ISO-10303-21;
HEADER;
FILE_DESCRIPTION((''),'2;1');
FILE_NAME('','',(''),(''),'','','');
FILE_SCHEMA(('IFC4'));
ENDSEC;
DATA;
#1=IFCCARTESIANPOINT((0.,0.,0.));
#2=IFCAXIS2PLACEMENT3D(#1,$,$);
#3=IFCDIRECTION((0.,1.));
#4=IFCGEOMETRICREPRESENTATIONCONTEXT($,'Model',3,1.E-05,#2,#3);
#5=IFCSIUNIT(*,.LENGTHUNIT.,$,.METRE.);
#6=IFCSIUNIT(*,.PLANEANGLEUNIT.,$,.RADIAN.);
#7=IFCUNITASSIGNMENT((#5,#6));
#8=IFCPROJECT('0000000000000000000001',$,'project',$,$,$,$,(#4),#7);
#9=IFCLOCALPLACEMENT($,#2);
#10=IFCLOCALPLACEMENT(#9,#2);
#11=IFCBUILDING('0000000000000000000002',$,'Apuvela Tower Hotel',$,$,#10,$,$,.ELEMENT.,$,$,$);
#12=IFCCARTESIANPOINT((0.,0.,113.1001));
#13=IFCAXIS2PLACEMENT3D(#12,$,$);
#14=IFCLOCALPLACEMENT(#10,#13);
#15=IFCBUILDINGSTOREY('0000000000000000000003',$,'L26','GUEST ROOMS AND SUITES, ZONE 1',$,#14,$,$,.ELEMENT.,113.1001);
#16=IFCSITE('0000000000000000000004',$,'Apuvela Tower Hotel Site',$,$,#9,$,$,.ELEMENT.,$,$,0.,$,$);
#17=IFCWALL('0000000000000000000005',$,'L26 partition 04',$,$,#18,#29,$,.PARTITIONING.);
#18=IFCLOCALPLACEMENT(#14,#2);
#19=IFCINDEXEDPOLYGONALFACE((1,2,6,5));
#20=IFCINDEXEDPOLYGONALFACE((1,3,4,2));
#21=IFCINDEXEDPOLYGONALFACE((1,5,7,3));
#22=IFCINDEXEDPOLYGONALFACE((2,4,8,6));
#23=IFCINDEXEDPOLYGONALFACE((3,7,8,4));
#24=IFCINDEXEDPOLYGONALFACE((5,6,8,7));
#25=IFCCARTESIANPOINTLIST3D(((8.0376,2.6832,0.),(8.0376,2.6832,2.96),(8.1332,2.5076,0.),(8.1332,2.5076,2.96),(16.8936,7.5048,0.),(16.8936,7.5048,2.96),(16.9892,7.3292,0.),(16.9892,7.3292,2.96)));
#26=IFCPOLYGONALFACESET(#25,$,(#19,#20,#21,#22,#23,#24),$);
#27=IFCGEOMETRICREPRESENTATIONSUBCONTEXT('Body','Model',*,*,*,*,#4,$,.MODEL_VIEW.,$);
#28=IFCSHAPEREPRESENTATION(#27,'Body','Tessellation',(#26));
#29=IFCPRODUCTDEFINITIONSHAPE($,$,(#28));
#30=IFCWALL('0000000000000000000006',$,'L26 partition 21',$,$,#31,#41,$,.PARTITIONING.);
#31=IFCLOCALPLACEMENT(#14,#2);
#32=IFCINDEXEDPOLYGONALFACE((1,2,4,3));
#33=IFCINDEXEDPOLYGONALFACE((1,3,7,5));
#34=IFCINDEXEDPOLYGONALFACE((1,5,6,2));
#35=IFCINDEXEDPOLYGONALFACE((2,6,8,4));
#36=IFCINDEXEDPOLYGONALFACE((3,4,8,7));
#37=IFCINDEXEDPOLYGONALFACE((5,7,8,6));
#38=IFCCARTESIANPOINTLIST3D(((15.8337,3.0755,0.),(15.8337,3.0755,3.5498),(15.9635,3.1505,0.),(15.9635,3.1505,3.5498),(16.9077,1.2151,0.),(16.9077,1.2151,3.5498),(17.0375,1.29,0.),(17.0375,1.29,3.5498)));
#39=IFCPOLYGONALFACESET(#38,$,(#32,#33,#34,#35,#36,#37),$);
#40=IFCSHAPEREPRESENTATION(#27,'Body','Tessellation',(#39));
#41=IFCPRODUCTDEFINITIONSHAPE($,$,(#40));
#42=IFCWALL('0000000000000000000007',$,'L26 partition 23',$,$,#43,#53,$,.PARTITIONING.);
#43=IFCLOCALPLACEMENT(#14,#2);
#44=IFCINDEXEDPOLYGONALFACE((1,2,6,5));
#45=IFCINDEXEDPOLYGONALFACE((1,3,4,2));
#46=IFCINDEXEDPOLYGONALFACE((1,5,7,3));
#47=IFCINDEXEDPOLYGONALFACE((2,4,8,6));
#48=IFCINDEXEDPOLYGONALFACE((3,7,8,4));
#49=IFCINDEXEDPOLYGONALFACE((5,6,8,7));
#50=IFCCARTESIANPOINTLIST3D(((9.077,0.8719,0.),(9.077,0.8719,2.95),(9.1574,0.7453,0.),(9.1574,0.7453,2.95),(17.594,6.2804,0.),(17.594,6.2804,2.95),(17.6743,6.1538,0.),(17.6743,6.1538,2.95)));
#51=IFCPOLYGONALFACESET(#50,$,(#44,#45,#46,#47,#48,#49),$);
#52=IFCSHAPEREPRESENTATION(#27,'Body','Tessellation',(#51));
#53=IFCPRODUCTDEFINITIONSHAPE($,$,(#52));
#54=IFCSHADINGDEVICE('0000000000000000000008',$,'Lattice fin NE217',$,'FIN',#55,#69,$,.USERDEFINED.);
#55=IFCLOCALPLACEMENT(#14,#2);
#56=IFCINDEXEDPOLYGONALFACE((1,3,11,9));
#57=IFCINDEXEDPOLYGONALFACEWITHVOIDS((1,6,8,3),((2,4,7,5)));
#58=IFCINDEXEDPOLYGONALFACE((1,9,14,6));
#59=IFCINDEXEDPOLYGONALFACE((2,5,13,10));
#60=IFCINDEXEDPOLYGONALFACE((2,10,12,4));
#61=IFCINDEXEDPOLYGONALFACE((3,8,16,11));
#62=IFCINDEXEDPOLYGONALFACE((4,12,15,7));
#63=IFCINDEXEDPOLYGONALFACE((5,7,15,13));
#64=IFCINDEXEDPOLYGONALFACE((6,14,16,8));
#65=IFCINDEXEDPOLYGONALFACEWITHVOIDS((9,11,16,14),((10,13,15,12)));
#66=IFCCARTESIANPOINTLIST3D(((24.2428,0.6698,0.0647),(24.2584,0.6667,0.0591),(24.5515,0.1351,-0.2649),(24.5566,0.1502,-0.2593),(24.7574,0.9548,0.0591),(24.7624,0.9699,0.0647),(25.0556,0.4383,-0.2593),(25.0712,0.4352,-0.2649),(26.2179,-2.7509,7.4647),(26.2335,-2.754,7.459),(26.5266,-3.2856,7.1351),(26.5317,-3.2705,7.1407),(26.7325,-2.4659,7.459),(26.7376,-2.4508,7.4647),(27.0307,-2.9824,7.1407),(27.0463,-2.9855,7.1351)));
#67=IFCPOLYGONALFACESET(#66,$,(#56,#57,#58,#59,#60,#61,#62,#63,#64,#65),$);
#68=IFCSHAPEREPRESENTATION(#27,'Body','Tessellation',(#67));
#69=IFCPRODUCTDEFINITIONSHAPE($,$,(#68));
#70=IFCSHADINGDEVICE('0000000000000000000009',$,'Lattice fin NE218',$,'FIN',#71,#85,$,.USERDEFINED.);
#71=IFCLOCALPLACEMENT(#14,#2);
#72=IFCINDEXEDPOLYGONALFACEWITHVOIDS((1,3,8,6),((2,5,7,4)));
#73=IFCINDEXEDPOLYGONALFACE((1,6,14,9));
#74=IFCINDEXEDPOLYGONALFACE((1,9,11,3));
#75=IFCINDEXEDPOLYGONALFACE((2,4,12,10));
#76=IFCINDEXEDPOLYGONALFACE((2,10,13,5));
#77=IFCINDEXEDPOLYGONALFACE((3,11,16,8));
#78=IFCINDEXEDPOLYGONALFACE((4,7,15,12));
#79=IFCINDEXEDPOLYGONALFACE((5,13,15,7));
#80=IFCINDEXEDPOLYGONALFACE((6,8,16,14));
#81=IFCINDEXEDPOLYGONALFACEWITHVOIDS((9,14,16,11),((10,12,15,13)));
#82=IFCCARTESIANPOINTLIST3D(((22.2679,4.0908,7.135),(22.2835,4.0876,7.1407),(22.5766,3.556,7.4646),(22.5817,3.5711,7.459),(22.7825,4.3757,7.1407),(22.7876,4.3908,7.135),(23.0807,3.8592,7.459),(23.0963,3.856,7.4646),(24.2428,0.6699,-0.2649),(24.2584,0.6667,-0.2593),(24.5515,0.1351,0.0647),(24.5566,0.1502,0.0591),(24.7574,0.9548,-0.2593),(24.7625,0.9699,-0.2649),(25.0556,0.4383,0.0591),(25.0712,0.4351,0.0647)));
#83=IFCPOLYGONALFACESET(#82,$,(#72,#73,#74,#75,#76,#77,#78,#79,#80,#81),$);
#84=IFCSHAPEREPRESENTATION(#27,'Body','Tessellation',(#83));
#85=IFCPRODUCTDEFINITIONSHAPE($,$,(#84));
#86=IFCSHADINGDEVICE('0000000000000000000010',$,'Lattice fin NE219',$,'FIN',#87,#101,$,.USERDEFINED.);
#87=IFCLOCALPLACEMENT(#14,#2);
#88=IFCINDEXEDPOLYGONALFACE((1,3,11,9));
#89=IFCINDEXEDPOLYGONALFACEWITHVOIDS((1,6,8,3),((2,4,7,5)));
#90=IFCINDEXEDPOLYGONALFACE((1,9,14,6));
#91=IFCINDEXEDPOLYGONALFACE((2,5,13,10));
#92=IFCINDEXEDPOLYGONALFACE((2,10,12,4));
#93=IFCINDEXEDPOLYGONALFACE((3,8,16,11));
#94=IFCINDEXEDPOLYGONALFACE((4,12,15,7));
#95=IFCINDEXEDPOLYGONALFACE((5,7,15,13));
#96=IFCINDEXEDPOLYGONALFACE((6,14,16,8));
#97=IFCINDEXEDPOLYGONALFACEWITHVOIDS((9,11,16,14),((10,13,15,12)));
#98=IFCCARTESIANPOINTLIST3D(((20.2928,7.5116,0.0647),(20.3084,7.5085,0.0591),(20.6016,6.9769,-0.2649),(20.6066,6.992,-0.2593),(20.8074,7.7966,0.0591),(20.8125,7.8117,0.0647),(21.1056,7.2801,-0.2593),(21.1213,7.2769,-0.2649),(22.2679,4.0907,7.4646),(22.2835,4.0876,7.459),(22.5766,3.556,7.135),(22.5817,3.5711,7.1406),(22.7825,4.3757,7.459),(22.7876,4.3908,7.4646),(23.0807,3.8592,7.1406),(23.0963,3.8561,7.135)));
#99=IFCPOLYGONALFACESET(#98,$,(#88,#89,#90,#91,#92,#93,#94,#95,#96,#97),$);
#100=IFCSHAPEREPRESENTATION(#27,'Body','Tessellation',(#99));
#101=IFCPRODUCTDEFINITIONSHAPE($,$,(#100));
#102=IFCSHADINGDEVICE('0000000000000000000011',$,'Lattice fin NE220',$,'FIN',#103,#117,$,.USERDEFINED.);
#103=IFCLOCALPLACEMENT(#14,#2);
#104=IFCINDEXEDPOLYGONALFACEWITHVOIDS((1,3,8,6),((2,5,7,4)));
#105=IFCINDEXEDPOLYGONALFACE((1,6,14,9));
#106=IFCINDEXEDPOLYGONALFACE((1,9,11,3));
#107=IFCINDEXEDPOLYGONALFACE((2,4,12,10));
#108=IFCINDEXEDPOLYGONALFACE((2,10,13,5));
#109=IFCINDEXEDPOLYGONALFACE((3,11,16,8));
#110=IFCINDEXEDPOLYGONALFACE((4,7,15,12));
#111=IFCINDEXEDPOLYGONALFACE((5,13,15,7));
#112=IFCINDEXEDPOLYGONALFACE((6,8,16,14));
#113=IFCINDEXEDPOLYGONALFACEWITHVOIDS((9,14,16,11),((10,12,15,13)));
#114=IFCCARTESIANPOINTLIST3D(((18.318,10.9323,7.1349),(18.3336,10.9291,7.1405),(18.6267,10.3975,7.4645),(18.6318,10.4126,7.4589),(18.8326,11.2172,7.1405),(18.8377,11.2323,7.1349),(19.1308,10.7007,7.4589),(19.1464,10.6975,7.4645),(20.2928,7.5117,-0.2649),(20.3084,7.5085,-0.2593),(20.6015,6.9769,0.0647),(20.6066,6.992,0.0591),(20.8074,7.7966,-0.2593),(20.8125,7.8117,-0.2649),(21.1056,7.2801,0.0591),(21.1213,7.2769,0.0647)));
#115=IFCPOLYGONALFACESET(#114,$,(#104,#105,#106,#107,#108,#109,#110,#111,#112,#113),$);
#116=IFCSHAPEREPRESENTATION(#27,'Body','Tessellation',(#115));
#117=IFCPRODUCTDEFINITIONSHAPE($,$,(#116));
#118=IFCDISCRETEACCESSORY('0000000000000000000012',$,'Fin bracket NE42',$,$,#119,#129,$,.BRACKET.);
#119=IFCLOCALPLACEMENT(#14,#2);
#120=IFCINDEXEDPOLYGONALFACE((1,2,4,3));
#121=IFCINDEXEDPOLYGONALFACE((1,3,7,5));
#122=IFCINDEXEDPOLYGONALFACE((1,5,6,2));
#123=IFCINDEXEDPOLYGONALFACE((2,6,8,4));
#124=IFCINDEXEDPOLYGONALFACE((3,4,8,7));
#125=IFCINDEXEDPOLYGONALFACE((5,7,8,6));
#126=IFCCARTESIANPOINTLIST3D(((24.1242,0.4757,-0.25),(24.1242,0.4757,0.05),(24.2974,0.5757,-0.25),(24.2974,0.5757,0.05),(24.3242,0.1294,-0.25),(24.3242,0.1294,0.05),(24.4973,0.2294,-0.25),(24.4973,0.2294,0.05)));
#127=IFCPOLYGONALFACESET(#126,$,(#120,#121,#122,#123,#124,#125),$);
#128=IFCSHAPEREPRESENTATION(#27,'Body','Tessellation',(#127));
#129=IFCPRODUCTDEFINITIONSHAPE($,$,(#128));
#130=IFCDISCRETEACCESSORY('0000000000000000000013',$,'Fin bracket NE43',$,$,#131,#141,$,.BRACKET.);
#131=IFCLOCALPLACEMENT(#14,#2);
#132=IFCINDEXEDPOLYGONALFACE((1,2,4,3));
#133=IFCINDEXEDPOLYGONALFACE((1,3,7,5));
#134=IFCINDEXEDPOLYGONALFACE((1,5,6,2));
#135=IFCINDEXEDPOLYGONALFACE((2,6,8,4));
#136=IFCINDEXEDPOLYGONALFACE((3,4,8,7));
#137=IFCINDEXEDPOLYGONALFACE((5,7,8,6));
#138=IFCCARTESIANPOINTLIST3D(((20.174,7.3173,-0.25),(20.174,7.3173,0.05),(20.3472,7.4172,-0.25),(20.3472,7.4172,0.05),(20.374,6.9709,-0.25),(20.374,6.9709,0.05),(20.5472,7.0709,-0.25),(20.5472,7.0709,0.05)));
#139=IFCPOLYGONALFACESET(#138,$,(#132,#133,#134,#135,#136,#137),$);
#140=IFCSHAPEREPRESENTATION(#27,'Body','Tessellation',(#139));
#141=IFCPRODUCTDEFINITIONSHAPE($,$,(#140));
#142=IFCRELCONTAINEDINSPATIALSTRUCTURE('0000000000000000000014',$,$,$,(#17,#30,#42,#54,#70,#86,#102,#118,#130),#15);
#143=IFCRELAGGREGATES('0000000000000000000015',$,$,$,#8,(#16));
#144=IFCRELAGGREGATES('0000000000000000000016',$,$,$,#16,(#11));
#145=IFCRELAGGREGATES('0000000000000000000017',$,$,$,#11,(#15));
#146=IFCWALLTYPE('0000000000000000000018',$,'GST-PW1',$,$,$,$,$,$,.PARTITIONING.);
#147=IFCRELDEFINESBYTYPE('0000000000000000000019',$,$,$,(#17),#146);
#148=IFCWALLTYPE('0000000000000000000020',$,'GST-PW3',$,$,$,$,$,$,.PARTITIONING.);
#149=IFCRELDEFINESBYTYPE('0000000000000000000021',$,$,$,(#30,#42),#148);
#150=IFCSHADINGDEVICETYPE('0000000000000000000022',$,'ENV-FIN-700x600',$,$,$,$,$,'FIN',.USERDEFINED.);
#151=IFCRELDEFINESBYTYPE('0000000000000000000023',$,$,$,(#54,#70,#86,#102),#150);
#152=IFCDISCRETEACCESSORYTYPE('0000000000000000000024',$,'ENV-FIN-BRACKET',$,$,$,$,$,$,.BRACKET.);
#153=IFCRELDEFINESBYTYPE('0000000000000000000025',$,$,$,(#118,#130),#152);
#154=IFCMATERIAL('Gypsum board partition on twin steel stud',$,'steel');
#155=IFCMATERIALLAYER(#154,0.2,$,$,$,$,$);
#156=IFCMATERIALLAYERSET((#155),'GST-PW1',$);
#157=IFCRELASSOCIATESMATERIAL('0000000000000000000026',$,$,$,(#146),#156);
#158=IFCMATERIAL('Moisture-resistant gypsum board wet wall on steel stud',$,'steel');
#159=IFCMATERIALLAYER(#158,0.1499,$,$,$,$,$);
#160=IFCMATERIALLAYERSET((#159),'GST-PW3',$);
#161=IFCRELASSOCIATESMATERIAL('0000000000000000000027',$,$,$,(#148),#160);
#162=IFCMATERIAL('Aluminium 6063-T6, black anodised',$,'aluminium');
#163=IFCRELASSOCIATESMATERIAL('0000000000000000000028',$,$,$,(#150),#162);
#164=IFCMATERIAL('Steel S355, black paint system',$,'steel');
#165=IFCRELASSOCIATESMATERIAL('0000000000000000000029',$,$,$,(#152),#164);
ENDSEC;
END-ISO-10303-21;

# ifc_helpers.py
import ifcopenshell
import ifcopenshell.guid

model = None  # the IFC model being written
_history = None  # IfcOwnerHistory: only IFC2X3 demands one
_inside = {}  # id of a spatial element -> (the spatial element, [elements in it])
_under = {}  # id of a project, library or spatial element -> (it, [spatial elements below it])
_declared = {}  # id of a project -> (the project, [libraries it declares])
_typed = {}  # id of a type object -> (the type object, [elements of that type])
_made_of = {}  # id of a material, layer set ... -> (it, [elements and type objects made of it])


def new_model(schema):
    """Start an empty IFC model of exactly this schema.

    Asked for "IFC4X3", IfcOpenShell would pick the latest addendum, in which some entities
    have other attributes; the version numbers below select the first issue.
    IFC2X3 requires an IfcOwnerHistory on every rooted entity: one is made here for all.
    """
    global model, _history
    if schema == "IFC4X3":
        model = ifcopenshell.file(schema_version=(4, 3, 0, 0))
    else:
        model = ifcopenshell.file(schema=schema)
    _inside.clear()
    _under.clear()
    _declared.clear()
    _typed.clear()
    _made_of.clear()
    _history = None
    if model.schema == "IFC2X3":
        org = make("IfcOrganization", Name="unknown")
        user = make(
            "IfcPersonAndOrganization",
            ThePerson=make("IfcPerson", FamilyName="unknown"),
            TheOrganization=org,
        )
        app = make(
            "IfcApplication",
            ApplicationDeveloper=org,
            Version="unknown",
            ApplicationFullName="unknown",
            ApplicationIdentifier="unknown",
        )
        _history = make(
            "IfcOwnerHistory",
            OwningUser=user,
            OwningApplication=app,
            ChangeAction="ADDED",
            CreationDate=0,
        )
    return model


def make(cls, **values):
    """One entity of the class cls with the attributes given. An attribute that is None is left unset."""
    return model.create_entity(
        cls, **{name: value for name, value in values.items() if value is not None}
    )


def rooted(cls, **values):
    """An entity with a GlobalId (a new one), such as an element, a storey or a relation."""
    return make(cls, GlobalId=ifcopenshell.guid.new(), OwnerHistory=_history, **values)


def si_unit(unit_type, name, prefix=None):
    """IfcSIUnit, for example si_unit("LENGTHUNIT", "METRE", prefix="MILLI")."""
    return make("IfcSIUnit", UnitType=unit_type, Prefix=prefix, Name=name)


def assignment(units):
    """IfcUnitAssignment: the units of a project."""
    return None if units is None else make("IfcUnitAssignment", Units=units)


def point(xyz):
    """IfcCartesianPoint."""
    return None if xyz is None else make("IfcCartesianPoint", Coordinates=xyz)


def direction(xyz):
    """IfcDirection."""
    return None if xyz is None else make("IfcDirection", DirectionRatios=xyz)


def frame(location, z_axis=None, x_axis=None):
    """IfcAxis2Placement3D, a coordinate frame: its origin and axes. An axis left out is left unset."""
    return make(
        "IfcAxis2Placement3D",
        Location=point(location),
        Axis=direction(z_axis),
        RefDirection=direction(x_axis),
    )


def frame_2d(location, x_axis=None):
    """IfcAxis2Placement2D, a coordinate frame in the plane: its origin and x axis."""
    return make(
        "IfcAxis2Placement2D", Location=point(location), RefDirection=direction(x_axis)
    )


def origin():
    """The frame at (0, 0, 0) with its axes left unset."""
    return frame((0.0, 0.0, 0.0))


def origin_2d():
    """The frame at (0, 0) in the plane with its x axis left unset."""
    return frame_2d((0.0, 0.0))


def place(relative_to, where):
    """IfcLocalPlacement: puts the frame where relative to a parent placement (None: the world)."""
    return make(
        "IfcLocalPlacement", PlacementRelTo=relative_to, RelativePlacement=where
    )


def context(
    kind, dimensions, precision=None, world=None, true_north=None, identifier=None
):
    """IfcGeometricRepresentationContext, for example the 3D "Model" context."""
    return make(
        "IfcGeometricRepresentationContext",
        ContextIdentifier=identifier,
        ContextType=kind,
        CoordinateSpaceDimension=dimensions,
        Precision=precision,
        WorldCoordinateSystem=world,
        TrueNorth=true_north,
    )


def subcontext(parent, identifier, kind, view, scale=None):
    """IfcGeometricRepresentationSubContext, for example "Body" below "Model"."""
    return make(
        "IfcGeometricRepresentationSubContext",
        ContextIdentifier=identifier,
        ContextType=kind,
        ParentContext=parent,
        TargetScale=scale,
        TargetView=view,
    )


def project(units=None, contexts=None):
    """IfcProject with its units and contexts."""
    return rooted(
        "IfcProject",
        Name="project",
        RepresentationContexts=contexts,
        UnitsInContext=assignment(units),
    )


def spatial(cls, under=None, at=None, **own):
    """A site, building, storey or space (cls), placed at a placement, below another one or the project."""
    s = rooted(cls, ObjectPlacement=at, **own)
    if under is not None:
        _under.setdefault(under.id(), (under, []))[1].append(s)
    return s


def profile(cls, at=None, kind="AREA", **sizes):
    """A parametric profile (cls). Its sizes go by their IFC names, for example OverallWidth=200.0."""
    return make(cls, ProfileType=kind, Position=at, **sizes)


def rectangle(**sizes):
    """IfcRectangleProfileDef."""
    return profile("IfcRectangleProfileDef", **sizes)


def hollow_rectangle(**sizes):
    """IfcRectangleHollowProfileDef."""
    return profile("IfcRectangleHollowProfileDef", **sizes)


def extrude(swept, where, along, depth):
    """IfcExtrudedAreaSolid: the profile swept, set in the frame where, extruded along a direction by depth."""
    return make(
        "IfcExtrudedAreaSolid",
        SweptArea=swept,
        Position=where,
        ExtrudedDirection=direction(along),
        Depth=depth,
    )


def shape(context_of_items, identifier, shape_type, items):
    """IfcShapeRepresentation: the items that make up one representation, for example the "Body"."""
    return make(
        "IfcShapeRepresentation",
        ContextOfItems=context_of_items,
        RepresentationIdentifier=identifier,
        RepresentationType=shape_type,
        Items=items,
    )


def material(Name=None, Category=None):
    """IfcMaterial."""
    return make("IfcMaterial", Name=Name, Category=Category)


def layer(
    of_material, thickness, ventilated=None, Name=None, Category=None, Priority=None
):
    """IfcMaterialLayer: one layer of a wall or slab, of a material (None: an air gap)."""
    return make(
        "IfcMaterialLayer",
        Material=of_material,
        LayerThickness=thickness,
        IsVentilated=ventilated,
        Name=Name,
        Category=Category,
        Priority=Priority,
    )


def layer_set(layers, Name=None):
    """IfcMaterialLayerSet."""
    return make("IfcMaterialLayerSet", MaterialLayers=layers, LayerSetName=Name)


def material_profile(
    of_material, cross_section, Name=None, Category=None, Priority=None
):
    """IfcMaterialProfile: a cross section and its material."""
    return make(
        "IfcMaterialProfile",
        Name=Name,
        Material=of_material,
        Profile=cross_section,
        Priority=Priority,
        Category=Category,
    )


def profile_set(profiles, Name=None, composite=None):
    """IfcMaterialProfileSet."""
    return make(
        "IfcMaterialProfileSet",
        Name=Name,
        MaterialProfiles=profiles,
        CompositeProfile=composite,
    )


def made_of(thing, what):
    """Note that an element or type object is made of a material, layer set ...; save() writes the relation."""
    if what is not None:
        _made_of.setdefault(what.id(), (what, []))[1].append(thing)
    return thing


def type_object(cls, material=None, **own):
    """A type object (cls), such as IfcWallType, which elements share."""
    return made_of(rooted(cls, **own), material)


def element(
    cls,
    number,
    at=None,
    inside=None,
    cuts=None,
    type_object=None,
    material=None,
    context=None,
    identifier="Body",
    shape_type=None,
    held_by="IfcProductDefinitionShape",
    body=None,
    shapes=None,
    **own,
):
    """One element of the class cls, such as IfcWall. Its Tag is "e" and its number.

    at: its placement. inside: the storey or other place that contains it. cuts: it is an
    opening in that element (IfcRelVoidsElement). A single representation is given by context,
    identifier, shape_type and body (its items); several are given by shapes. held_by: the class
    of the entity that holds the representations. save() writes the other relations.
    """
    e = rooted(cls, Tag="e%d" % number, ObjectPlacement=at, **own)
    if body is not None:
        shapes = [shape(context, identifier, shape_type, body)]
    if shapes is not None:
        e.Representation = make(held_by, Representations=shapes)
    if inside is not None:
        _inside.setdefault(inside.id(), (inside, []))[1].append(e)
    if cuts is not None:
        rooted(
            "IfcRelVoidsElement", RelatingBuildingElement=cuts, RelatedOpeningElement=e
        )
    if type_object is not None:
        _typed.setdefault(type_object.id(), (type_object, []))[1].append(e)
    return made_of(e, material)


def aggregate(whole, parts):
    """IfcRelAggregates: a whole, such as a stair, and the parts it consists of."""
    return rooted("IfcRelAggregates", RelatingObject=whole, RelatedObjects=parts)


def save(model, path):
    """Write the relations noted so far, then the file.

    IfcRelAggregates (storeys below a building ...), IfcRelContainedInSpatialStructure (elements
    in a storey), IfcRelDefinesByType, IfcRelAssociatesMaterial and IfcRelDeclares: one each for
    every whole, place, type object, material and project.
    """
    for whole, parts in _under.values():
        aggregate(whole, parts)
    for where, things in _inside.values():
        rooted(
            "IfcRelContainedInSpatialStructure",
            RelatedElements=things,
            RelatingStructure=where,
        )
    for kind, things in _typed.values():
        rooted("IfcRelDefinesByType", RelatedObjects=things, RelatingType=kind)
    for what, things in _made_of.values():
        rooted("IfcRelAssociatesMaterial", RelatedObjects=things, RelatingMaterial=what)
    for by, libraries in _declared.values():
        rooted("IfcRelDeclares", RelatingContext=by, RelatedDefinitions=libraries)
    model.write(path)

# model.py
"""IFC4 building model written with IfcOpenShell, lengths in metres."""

from ifc_helpers import new_model, si_unit, direction, frame, frame_2d, origin, origin_2d, place, context, subcontext, project, spatial, rectangle, hollow_rectangle, extrude, material, layer, layer_set, material_profile, profile_set, type_object, element, save


model = new_model("IFC4")

# Units and contexts
model_context = context("Model", 3, precision=1e-05, world=origin(), true_north=direction((0.0, 1.0)))
body_context = subcontext(model_context, "Body", "Model", "MODEL_VIEW")
ifc_project = project(units=[si_unit("LENGTHUNIT", "METRE"), si_unit("PLANEANGLEUNIT", "RADIAN")], contexts=[model_context])

# Site, building, storey
site_placement = place(None, origin())
site = spatial("IfcSite", under=ifc_project, at=site_placement, Name="Apuvela Tower Hotel Site", CompositionType="ELEMENT", RefElevation=0.0)
building_placement = place(site_placement, origin())
building = spatial("IfcBuilding", under=site, at=building_placement, Name="Apuvela Tower Hotel", CompositionType="ELEMENT")
storey_placement = place(building_placement, frame((0.0, 0.0, 113.1001)))
storey = spatial("IfcBuildingStorey", under=building, at=storey_placement, Name="L26", Description="GUEST ROOMS AND SUITES, ZONE 1", CompositionType="ELEMENT", Elevation=113.1001)

# Walls
ifc_material_1 = material(Name="Gypsum board partition on twin steel stud", Category="steel")
ifc_layer_1 = layer(ifc_material_1, 0.2)
ifc_layer_set_1 = layer_set([ifc_layer_1], Name="GST-PW1")
wall_type_1 = type_object("IfcWallType", Name="GST-PW1", PredefinedType="PARTITIONING", material=ifc_layer_set_1)
wall_1_placement = place(storey_placement, frame((16.9414, 7.417, 0.0), z_axis=(0.0, 0.0, 1.0), x_axis=(-0.87827, -0.478165, 0.0)))
element("IfcWall", 1, at=wall_1_placement, inside=storey, type_object=wall_type_1, Name="L26 partition 04", PredefinedType="PARTITIONING", context=body_context, shape_type="SweptSolid", body=[
    extrude(rectangle(XDim=10.0835, YDim=0.2, at=frame_2d((5.0417, 0.0))), origin(), (0.0, 0.0, 1.0), 2.96),
])
ifc_material_2 = material(Name="Moisture-resistant gypsum board wet wall on steel stud", Category="steel")
ifc_layer_2 = layer(ifc_material_2, 0.1499)
ifc_layer_set_2 = layer_set([ifc_layer_2], Name="GST-PW3")
wall_type_2 = type_object("IfcWallType", Name="GST-PW3", PredefinedType="PARTITIONING", material=ifc_layer_set_2)
wall_2_placement = place(storey_placement, frame((16.9727, 1.2524, 0.0), z_axis=(0.0, 0.0, 1.0), x_axis=(-0.499965, 0.866046, 0.0)))
element("IfcWall", 2, at=wall_2_placement, inside=storey, type_object=wall_type_2, Name="L26 partition 21", PredefinedType="PARTITIONING", context=body_context, shape_type="SweptSolid", body=[
    extrude(rectangle(XDim=2.1482, YDim=0.1499, at=frame_2d((1.0742, 0.0))), origin(), (0.0, 0.0, 1.0), 3.5498),
])
wall_3_placement = place(storey_placement, frame((17.634, 6.217, 0.0), z_axis=(0.0, 0.0, 1.0), x_axis=(-0.844171, -0.536074, 0.0)))
element("IfcWall", 3, at=wall_3_placement, inside=storey, type_object=wall_type_2, Name="L26 partition 23", PredefinedType="PARTITIONING", context=body_context, shape_type="SweptSolid", body=[
    extrude(rectangle(XDim=10.0891, YDim=0.1499, at=frame_2d((5.0444, 0.0))), origin(), (0.0, 0.0, 1.0), 2.95),
])

# Shading devices
ifc_material_3 = material(Name="Aluminium 6063-T6, black anodised", Category="aluminium")
ifc_material_profile_1 = material_profile(ifc_material_3, hollow_rectangle(XDim=0.6001, YDim=0.7, WallThickness=0.012, at=origin_2d()), Name="AL BOX 700x600x12")
ifc_profile_set_1 = profile_set([ifc_material_profile_1], Name="Aluminium 6063-T6, black anodised")
shading_device_type = type_object("IfcShadingDeviceType", Name="ENV-FIN-700x600", ElementType="FIN", PredefinedType="USERDEFINED", material=ifc_profile_set_1)
for number, where, z_axis, x_axis, name in (
    (4, (24.657, 0.5525, -0.1001), (0.235464, -0.407798, 0.882189), (0.866005, 0.500035, 0.0), "Lattice fin NE217"),
    (5, (24.657, 0.5525, -0.1001), (-0.235434, 0.407825, 0.882185), (-0.866048, -0.499961, 0.0), "Lattice fin NE218"),
    (6, (20.707, 7.3943, -0.1001), (0.235461, -0.407822, 0.882179), (0.866021, 0.500008, 0.0), "Lattice fin NE219"),
):
    element("IfcShadingDevice", number, at=place(storey_placement, frame(where, z_axis=z_axis, x_axis=x_axis)), inside=storey, type_object=shading_device_type, Name=name, ObjectType="FIN", PredefinedType="USERDEFINED", context=body_context, shape_type="SweptSolid", body=[
        extrude(hollow_rectangle(XDim=0.6001, YDim=0.7, WallThickness=0.012, at=origin_2d()), origin(), (0.0, 0.0, 1.0), 8.3882),
    ])
shading_device_placement = place(storey_placement, frame((20.707, 7.3943, -0.1001), z_axis=(-0.235436, 0.407801, 0.882195), x_axis=(-0.866032, -0.499988, 0.0)))
element("IfcShadingDevice", 7, at=shading_device_placement, inside=storey, type_object=shading_device_type, Name="Lattice fin NE220", ObjectType="FIN", PredefinedType="USERDEFINED", context=body_context, shape_type="SweptSolid", body=[
    extrude(hollow_rectangle(XDim=0.6001, YDim=0.7, WallThickness=0.012, at=origin_2d()), origin(), (0.0, 0.0, 1.0), 8.3879),
])

# Discrete accessories
ifc_material_4 = material(Name="Steel S355, black paint system", Category="steel")
discrete_accessory_type = type_object("IfcDiscreteAccessoryType", Name="ENV-FIN-BRACKET", PredefinedType="BRACKET", material=ifc_material_4)
for number, where, z_axis, x_axis, name in (
    (8, (24.3108, 0.3525, -0.25), (0.0, 0.0, 1.0), (-0.5, 0.866025, 0.0), "Fin bracket NE42"),
    (9, (20.3606, 7.1941, -0.25), (0.0, 0.0, 1.0), (-0.5, 0.866025, 0.0), "Fin bracket NE43"),
):
    element("IfcDiscreteAccessory", number, at=place(storey_placement, frame(where, z_axis=z_axis, x_axis=x_axis)), inside=storey, type_object=discrete_accessory_type, Name=name, PredefinedType="BRACKET", context=body_context, shape_type="SweptSolid", body=[
        extrude(rectangle(XDim=0.3999, YDim=0.2, at=origin_2d()), origin(), (0.0, 0.0, 1.0), 0.3),
    ])

save(model, "model.ifc")
